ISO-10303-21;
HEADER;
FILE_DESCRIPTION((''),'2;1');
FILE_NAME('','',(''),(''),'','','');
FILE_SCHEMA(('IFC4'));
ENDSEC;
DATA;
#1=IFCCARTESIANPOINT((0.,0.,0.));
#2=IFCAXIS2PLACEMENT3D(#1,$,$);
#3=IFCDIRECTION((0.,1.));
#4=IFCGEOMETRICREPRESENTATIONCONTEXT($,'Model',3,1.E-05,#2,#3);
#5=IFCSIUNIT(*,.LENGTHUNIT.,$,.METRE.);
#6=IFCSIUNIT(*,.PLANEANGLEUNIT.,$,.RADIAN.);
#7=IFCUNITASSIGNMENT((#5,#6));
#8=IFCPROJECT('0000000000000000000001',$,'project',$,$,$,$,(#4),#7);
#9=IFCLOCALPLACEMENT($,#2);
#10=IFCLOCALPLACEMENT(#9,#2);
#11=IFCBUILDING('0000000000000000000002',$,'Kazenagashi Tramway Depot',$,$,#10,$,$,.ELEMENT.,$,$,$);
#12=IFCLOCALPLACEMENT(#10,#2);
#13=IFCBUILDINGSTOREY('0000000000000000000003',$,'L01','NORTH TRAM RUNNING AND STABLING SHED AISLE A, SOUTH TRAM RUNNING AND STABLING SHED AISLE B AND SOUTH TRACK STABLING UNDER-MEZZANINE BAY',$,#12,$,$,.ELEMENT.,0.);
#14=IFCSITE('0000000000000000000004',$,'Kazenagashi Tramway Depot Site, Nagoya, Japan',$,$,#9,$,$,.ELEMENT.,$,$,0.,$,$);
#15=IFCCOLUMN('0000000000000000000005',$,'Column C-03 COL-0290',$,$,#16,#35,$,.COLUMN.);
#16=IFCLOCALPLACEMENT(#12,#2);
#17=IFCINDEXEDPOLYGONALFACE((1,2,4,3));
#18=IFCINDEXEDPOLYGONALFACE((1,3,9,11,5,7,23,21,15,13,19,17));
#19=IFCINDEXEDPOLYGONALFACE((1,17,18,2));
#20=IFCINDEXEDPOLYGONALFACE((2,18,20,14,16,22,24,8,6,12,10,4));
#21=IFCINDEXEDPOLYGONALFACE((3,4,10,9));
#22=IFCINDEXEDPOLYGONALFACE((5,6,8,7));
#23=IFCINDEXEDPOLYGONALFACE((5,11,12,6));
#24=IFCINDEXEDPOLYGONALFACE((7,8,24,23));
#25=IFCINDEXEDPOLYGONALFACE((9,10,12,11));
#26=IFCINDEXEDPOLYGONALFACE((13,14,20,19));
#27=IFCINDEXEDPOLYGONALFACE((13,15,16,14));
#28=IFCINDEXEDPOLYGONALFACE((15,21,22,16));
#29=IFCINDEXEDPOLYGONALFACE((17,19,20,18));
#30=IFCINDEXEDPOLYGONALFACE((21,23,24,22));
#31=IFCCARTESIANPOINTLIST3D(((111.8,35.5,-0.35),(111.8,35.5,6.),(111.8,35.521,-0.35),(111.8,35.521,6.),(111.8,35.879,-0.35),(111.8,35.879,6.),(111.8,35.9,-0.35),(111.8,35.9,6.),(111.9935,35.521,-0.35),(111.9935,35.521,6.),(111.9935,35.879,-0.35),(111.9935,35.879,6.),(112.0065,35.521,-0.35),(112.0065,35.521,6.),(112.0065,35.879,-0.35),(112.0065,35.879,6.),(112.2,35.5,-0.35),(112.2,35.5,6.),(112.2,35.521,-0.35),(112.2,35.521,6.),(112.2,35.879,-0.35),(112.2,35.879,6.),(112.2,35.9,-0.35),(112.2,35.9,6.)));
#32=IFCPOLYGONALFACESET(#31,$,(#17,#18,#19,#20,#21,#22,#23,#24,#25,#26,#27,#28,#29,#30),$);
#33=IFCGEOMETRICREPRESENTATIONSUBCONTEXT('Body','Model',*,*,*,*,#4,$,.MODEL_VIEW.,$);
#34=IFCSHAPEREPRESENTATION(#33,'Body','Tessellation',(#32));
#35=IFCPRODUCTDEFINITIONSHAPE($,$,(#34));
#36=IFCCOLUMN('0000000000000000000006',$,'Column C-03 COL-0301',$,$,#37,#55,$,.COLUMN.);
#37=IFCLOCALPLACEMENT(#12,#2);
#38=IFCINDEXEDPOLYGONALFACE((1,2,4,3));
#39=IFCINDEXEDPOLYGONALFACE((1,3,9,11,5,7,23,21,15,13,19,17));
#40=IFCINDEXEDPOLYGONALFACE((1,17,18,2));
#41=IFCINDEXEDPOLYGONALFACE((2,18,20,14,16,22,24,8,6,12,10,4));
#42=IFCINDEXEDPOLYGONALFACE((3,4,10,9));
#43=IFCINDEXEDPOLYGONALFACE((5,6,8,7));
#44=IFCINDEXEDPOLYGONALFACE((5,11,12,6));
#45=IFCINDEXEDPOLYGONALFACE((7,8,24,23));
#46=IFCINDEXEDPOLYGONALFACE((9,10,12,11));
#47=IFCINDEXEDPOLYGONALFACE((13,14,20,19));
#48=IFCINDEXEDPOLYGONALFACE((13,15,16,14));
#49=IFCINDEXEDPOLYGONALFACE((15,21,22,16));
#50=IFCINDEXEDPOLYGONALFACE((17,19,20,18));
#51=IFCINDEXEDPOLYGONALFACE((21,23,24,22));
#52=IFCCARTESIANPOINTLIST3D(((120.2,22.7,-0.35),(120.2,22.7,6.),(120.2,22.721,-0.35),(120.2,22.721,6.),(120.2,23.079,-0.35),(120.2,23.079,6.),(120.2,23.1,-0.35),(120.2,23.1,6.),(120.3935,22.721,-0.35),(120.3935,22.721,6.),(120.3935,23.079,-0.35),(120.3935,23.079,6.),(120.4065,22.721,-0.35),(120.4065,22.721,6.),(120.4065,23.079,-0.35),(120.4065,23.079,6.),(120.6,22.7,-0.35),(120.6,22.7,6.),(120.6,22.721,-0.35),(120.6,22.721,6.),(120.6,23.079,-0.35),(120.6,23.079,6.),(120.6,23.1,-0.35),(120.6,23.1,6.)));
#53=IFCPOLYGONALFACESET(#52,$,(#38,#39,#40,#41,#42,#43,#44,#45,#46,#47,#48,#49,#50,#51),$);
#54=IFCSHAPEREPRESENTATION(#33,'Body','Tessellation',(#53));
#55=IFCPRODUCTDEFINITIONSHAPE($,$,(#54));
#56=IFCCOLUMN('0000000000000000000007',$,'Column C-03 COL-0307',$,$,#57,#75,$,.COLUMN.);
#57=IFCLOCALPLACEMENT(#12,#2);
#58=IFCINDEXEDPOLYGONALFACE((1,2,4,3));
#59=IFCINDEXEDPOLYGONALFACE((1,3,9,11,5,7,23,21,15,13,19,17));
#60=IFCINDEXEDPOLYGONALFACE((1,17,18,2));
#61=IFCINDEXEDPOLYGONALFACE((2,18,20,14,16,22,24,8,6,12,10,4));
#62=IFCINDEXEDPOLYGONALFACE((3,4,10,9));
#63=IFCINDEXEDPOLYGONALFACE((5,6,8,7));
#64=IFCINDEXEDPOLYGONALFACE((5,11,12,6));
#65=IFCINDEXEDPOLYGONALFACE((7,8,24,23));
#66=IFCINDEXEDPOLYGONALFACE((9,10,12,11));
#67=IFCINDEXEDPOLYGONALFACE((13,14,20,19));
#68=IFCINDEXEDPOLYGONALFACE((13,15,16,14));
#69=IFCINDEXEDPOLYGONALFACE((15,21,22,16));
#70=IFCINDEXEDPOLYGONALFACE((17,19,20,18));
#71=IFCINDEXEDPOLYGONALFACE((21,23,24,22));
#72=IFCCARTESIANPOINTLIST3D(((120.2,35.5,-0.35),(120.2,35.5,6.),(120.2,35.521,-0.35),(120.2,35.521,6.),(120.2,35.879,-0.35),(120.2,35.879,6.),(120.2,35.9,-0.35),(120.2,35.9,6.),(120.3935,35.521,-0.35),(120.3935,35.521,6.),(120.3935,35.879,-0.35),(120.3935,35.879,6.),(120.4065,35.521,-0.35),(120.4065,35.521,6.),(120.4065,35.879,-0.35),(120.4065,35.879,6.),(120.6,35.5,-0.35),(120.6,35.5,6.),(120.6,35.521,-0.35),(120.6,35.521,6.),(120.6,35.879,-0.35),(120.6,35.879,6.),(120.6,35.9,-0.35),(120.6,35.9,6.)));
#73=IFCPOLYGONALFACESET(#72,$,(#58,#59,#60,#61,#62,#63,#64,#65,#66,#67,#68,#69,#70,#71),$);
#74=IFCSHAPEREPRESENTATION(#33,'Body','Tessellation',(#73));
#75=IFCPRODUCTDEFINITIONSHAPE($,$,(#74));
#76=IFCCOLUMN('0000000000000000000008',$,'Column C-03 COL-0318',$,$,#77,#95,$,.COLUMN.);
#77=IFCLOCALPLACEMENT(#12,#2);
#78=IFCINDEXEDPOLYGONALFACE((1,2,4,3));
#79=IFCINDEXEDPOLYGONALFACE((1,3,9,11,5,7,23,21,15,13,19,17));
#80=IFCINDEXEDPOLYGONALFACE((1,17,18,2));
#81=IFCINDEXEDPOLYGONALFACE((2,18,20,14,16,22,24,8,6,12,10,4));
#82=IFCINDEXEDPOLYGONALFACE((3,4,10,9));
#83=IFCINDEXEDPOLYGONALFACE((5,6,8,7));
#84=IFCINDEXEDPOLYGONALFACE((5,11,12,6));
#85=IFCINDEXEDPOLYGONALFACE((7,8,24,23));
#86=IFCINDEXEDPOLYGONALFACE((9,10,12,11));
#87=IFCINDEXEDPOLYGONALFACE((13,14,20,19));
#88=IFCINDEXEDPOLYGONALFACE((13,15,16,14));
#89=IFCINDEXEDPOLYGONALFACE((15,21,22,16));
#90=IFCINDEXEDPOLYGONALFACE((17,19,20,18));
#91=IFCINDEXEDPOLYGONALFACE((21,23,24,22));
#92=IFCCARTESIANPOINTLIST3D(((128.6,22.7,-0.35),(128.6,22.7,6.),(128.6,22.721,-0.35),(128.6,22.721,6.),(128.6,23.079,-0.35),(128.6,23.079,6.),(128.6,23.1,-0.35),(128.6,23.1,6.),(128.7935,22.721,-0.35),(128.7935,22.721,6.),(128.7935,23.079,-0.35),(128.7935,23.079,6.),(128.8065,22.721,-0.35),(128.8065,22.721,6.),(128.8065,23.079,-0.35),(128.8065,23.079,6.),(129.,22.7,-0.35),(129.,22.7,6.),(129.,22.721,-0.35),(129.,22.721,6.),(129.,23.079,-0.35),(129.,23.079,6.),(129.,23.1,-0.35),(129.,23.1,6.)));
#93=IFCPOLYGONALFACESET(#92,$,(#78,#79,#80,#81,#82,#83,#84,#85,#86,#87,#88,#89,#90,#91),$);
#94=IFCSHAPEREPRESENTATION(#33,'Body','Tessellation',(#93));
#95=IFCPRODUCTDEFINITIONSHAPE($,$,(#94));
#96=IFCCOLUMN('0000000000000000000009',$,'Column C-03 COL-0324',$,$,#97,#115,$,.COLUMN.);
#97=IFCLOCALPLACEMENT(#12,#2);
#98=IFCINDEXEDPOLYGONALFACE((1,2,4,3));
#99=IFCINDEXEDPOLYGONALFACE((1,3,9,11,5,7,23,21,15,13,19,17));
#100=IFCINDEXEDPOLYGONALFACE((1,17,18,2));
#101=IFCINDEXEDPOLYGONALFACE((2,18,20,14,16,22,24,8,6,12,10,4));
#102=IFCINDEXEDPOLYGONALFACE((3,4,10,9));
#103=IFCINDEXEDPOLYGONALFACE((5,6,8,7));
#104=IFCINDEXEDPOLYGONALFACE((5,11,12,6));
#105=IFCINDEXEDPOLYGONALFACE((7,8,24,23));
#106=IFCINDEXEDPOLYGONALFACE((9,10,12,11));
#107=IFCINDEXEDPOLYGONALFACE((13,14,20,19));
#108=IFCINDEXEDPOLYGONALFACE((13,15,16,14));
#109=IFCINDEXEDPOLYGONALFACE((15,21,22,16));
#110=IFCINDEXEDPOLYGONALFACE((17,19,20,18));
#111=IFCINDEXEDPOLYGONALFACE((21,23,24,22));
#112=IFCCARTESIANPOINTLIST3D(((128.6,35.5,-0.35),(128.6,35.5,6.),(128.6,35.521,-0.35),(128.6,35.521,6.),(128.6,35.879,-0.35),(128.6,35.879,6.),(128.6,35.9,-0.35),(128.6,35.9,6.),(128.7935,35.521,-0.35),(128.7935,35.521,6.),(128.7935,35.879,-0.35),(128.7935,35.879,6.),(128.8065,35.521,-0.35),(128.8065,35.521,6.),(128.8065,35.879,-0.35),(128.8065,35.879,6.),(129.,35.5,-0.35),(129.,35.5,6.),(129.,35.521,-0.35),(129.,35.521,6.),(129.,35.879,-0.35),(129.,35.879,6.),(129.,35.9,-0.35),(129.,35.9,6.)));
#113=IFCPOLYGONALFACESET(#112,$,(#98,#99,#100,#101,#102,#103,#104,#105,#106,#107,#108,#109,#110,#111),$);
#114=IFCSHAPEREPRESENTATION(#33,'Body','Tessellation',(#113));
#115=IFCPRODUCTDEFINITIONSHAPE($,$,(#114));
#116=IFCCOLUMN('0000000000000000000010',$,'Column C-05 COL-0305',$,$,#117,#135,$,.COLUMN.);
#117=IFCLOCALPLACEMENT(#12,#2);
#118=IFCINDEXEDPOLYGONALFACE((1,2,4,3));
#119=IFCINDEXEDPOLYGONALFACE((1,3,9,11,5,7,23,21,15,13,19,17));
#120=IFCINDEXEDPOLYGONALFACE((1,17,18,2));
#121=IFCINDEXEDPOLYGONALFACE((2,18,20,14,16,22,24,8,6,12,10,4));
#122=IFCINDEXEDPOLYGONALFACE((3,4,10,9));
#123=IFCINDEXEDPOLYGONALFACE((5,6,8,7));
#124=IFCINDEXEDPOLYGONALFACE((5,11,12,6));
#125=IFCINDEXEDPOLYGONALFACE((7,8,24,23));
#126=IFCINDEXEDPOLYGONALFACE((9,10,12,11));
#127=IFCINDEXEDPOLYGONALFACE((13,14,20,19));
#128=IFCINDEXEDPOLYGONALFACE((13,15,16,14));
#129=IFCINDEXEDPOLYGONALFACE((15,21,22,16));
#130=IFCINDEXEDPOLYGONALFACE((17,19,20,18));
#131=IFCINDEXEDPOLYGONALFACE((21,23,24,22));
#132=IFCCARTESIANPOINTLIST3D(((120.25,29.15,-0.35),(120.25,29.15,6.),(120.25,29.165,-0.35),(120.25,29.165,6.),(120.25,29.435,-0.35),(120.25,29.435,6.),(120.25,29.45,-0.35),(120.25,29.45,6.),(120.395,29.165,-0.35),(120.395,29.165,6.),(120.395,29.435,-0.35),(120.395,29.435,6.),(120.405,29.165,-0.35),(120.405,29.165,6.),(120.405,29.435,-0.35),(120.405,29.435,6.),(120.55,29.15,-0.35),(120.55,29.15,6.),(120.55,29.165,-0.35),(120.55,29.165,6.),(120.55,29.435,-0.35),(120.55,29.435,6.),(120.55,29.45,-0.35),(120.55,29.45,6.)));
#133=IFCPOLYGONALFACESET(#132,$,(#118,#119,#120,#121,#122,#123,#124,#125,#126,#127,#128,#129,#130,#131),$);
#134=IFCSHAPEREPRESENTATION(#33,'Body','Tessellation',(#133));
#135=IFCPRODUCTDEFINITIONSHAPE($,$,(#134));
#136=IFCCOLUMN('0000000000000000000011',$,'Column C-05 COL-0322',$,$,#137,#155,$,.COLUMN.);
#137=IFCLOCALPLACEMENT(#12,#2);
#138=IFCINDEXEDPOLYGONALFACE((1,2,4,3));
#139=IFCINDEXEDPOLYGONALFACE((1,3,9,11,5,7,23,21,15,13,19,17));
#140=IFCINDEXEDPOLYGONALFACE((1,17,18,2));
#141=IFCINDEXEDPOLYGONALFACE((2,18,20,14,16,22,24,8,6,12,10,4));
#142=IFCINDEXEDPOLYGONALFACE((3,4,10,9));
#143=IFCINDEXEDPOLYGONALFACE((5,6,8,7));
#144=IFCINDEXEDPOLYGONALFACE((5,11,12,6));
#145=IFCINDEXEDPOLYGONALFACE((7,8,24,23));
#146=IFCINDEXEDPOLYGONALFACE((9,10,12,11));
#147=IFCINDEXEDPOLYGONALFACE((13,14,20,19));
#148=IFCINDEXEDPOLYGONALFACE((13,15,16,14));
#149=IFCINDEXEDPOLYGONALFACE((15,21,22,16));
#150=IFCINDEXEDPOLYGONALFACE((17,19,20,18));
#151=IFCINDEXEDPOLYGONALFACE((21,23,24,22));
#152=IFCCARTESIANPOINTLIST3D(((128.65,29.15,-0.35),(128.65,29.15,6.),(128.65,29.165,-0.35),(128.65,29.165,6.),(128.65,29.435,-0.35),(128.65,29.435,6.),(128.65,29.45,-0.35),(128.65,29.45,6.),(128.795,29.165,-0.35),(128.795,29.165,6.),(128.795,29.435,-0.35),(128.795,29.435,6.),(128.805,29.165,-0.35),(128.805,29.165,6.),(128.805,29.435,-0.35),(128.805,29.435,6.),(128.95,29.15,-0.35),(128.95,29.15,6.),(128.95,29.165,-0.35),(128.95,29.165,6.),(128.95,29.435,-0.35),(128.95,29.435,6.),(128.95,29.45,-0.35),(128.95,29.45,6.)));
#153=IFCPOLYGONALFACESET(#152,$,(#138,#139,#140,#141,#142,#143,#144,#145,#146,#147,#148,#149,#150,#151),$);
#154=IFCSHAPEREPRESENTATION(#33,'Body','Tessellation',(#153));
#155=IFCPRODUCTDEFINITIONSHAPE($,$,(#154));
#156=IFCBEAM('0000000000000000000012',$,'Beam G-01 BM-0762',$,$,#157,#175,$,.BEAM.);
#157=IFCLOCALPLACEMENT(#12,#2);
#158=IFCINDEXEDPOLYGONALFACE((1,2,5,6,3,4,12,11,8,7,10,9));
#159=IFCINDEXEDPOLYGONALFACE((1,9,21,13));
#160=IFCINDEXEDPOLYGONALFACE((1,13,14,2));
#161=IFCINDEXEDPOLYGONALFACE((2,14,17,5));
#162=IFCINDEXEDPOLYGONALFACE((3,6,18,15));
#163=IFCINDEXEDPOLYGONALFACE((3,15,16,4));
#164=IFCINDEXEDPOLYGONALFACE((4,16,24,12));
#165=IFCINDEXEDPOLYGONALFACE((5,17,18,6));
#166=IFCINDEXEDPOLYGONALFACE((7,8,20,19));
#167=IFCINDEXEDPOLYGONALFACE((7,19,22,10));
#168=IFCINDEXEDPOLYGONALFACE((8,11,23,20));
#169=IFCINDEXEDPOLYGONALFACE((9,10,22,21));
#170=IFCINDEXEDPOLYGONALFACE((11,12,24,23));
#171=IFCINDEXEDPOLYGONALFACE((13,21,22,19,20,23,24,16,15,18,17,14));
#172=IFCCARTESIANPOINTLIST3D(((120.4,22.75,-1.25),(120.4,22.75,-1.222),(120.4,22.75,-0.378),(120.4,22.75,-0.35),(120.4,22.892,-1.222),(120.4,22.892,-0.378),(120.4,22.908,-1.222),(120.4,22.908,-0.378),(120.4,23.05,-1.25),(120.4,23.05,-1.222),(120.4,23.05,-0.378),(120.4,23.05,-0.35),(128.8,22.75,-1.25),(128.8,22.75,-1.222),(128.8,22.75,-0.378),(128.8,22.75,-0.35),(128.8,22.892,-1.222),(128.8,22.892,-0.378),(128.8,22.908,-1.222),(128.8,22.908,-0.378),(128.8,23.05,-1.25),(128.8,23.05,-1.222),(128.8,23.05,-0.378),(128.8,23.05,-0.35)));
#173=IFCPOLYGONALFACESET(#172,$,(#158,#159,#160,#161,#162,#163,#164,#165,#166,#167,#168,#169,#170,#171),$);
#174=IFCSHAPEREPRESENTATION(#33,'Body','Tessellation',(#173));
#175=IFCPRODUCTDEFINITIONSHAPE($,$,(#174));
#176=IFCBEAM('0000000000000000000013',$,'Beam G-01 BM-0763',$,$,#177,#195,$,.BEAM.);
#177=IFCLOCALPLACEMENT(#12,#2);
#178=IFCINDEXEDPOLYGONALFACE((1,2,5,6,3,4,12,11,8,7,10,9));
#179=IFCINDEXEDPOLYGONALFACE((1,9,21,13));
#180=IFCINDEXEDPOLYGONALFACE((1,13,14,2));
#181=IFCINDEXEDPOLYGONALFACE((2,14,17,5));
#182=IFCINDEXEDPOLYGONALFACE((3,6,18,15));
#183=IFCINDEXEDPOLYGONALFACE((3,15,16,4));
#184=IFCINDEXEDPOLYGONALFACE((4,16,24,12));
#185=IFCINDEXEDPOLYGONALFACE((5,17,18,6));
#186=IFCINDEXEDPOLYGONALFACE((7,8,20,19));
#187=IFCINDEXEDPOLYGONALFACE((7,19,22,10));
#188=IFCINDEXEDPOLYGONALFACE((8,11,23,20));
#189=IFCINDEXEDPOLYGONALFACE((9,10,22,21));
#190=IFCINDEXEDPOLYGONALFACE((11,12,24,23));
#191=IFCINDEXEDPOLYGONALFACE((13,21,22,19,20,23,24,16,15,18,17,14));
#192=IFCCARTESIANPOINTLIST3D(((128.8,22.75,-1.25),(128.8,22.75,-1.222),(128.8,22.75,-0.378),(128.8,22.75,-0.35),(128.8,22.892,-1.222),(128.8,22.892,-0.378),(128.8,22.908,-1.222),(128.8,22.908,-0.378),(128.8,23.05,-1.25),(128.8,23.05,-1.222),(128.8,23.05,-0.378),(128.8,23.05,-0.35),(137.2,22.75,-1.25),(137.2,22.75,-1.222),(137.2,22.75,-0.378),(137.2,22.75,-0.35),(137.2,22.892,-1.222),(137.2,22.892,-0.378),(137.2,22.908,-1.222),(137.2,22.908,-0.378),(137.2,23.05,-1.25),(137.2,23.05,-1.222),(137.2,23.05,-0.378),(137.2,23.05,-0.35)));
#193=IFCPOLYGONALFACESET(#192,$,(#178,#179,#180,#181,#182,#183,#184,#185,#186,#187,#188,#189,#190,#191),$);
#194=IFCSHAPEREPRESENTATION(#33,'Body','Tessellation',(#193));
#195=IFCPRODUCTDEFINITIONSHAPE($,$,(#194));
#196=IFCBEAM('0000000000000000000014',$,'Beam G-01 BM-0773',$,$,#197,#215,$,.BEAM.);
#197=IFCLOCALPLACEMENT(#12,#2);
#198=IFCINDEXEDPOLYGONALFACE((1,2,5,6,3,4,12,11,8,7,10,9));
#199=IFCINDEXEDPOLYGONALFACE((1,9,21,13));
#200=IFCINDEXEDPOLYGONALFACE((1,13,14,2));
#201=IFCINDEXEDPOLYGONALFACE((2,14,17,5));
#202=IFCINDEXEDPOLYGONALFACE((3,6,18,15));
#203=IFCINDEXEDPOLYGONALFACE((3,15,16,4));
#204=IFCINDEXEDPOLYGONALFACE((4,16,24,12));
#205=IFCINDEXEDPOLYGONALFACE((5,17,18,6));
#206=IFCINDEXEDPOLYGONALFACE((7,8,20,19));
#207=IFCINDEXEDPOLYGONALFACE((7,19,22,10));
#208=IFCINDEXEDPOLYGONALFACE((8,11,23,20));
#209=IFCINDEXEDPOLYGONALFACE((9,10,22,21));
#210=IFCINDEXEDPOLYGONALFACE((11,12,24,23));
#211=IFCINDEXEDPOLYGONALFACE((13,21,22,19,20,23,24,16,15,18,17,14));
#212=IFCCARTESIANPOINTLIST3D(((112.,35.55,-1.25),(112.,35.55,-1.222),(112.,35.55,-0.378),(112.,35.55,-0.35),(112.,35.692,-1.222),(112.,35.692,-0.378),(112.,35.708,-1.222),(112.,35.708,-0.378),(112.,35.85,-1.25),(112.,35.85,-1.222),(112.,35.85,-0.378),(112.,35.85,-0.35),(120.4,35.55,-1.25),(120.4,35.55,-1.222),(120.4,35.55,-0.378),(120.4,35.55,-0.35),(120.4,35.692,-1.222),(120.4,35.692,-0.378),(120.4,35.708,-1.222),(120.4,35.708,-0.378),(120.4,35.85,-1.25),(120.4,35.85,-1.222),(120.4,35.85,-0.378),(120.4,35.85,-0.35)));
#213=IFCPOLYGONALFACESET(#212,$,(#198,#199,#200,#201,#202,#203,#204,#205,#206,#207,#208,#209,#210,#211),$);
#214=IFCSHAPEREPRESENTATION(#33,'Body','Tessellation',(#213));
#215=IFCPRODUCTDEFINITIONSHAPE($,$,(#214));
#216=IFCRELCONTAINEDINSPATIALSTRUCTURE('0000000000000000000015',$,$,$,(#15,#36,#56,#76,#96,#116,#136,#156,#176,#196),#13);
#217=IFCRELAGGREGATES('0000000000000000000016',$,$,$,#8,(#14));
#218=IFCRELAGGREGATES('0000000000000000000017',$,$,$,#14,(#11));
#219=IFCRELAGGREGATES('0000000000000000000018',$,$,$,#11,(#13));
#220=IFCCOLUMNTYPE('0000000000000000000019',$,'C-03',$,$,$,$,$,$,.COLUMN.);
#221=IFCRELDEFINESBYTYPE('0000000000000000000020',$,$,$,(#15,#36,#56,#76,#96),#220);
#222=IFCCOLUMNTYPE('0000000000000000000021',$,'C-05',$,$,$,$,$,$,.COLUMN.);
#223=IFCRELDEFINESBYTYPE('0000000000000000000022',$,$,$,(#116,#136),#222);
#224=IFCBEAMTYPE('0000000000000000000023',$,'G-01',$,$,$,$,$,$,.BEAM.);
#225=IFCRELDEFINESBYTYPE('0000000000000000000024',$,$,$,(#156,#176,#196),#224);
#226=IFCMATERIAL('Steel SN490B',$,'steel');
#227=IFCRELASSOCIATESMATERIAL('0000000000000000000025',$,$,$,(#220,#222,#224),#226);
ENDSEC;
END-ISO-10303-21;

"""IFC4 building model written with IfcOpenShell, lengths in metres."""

from ifc_helpers import new_model, si_unit, direction, frame, origin, origin_2d, place, context, subcontext, project, spatial, i_section, extrude, material, material_profile, profile_set, type_object, element, save


model = new_model("IFC4")

# Units and contexts
model_context = context("Model", 3, precision=1e-05, world=origin(), true_north=direction((0.0, 1.0)))
body_context = subcontext(model_context, "Body", "Model", "MODEL_VIEW")
ifc_project = project(units=[si_unit("LENGTHUNIT", "METRE"), si_unit("PLANEANGLEUNIT", "RADIAN")], contexts=[model_context])

# Site, building, storey
site_placement = place(None, origin())
site = spatial("IfcSite", under=ifc_project, at=site_placement, Name="Kazenagashi Tramway Depot Site, Nagoya, Japan", CompositionType="ELEMENT", RefElevation=0.0)
building_placement = place(site_placement, origin())
building = spatial("IfcBuilding", under=site, at=building_placement, Name="Kazenagashi Tramway Depot", CompositionType="ELEMENT")
storey_placement = place(building_placement, origin())
storey = spatial("IfcBuildingStorey", under=building, at=storey_placement, Name="L01", Description="NORTH TRAM RUNNING AND STABLING SHED AISLE A, SOUTH TRAM RUNNING AND STABLING SHED AISLE B AND SOUTH TRACK STABLING UNDER-MEZZANINE BAY", CompositionType="ELEMENT", Elevation=0.0)

# Columns
ifc_material_1 = material(Name="Steel SN490B", Category="steel")
ifc_material_profile_1 = material_profile(ifc_material_1, i_section(OverallWidth=0.4, OverallDepth=0.4, WebThickness=0.013, FlangeThickness=0.021, at=origin_2d()), Name="H-400x400x13x21")
ifc_profile_set_1 = profile_set([ifc_material_profile_1], Name="Steel SN490B")
column_type_1 = type_object("IfcColumnType", Name="C-03", PredefinedType="COLUMN", material=ifc_profile_set_1)
for number, where, z_axis, x_axis, name in (
    (1, (112.0, 35.7, -0.35), (0.0, 0.0, 1.0), (1.0, 0.0, 0.0), "Column C-03 COL-0290"),
    (2, (120.4, 22.9, -0.35), (0.0, 0.0, 1.0), (1.0, 0.0, 0.0), "Column C-03 COL-0301"),
    (3, (120.4, 35.7, -0.35), (0.0, 0.0, 1.0), (1.0, 0.0, 0.0), "Column C-03 COL-0307"),
    (4, (128.8, 22.9, -0.35), (0.0, 0.0, 1.0), (1.0, 0.0, 0.0), "Column C-03 COL-0318"),
    (5, (128.8, 35.7, -0.35), (0.0, 0.0, 1.0), (1.0, 0.0, 0.0), "Column C-03 COL-0324"),
):
    element("IfcColumn", number, at=place(storey_placement, frame(where, z_axis=z_axis, x_axis=x_axis)), inside=storey, type_object=column_type_1, Name=name, PredefinedType="COLUMN", context=body_context, shape_type="SweptSolid", body=[
        extrude(i_section(OverallWidth=0.4, OverallDepth=0.4, WebThickness=0.013, FlangeThickness=0.021, at=origin_2d()), origin(), (0.0, 0.0, 1.0), 6.35),
    ])
ifc_material_profile_2 = material_profile(ifc_material_1, i_section(OverallWidth=0.3, OverallDepth=0.3, WebThickness=0.01, FlangeThickness=0.015, at=origin_2d()), Name="H-300x300x10x15")
ifc_profile_set_2 = profile_set([ifc_material_profile_2], Name="Steel SN490B")
column_type_2 = type_object("IfcColumnType", Name="C-05", PredefinedType="COLUMN", material=ifc_profile_set_2)
for number, where, z_axis, x_axis, name in (
    (6, (120.4, 29.3, -0.35), (0.0, 0.0, 1.0), (1.0, 0.0, 0.0), "Column C-05 COL-0305"),
    (7, (128.8, 29.3, -0.35), (0.0, 0.0, 1.0), (1.0, 0.0, 0.0), "Column C-05 COL-0322"),
):
    element("IfcColumn", number, at=place(storey_placement, frame(where, z_axis=z_axis, x_axis=x_axis)), inside=storey, type_object=column_type_2, Name=name, PredefinedType="COLUMN", context=body_context, shape_type="SweptSolid", body=[
        extrude(i_section(OverallWidth=0.3, OverallDepth=0.3, WebThickness=0.01, FlangeThickness=0.015, at=origin_2d()), origin(), (0.0, 0.0, 1.0), 6.35),
    ])

# Beams
ifc_material_profile_3 = material_profile(ifc_material_1, i_section(OverallWidth=0.3, OverallDepth=0.9, WebThickness=0.016, FlangeThickness=0.028, at=origin_2d()), Name="H-900x300x16x28")
ifc_profile_set_3 = profile_set([ifc_material_profile_3], Name="Steel SN490B")
beam_type_1 = type_object("IfcBeamType", Name="G-01", PredefinedType="BEAM", material=ifc_profile_set_3)
for number, where, z_axis, x_axis, name in (
    (8, (120.4, 22.9, -0.8), (1.0, 0.0, 0.0), (0.0, 1.0, 0.0), "Beam G-01 BM-0762"),
    (9, (128.8, 22.9, -0.8), (1.0, 0.0, 0.0), (0.0, 1.0, 0.0), "Beam G-01 BM-0763"),
    (10, (112.0, 35.7, -0.8), (1.0, 0.0, 0.0), (0.0, 1.0, 0.0), "Beam G-01 BM-0773"),
):
    element("IfcBeam", number, at=place(storey_placement, frame(where, z_axis=z_axis, x_axis=x_axis)), inside=storey, type_object=beam_type_1, Name=name, PredefinedType="BEAM", context=body_context, shape_type="SweptSolid", body=[
        extrude(i_section(OverallWidth=0.3, OverallDepth=0.9, WebThickness=0.016, FlangeThickness=0.028, at=origin_2d()), origin(), (0.0, 0.0, 1.0), 8.4),
    ])

save(model, "model.ifc")
